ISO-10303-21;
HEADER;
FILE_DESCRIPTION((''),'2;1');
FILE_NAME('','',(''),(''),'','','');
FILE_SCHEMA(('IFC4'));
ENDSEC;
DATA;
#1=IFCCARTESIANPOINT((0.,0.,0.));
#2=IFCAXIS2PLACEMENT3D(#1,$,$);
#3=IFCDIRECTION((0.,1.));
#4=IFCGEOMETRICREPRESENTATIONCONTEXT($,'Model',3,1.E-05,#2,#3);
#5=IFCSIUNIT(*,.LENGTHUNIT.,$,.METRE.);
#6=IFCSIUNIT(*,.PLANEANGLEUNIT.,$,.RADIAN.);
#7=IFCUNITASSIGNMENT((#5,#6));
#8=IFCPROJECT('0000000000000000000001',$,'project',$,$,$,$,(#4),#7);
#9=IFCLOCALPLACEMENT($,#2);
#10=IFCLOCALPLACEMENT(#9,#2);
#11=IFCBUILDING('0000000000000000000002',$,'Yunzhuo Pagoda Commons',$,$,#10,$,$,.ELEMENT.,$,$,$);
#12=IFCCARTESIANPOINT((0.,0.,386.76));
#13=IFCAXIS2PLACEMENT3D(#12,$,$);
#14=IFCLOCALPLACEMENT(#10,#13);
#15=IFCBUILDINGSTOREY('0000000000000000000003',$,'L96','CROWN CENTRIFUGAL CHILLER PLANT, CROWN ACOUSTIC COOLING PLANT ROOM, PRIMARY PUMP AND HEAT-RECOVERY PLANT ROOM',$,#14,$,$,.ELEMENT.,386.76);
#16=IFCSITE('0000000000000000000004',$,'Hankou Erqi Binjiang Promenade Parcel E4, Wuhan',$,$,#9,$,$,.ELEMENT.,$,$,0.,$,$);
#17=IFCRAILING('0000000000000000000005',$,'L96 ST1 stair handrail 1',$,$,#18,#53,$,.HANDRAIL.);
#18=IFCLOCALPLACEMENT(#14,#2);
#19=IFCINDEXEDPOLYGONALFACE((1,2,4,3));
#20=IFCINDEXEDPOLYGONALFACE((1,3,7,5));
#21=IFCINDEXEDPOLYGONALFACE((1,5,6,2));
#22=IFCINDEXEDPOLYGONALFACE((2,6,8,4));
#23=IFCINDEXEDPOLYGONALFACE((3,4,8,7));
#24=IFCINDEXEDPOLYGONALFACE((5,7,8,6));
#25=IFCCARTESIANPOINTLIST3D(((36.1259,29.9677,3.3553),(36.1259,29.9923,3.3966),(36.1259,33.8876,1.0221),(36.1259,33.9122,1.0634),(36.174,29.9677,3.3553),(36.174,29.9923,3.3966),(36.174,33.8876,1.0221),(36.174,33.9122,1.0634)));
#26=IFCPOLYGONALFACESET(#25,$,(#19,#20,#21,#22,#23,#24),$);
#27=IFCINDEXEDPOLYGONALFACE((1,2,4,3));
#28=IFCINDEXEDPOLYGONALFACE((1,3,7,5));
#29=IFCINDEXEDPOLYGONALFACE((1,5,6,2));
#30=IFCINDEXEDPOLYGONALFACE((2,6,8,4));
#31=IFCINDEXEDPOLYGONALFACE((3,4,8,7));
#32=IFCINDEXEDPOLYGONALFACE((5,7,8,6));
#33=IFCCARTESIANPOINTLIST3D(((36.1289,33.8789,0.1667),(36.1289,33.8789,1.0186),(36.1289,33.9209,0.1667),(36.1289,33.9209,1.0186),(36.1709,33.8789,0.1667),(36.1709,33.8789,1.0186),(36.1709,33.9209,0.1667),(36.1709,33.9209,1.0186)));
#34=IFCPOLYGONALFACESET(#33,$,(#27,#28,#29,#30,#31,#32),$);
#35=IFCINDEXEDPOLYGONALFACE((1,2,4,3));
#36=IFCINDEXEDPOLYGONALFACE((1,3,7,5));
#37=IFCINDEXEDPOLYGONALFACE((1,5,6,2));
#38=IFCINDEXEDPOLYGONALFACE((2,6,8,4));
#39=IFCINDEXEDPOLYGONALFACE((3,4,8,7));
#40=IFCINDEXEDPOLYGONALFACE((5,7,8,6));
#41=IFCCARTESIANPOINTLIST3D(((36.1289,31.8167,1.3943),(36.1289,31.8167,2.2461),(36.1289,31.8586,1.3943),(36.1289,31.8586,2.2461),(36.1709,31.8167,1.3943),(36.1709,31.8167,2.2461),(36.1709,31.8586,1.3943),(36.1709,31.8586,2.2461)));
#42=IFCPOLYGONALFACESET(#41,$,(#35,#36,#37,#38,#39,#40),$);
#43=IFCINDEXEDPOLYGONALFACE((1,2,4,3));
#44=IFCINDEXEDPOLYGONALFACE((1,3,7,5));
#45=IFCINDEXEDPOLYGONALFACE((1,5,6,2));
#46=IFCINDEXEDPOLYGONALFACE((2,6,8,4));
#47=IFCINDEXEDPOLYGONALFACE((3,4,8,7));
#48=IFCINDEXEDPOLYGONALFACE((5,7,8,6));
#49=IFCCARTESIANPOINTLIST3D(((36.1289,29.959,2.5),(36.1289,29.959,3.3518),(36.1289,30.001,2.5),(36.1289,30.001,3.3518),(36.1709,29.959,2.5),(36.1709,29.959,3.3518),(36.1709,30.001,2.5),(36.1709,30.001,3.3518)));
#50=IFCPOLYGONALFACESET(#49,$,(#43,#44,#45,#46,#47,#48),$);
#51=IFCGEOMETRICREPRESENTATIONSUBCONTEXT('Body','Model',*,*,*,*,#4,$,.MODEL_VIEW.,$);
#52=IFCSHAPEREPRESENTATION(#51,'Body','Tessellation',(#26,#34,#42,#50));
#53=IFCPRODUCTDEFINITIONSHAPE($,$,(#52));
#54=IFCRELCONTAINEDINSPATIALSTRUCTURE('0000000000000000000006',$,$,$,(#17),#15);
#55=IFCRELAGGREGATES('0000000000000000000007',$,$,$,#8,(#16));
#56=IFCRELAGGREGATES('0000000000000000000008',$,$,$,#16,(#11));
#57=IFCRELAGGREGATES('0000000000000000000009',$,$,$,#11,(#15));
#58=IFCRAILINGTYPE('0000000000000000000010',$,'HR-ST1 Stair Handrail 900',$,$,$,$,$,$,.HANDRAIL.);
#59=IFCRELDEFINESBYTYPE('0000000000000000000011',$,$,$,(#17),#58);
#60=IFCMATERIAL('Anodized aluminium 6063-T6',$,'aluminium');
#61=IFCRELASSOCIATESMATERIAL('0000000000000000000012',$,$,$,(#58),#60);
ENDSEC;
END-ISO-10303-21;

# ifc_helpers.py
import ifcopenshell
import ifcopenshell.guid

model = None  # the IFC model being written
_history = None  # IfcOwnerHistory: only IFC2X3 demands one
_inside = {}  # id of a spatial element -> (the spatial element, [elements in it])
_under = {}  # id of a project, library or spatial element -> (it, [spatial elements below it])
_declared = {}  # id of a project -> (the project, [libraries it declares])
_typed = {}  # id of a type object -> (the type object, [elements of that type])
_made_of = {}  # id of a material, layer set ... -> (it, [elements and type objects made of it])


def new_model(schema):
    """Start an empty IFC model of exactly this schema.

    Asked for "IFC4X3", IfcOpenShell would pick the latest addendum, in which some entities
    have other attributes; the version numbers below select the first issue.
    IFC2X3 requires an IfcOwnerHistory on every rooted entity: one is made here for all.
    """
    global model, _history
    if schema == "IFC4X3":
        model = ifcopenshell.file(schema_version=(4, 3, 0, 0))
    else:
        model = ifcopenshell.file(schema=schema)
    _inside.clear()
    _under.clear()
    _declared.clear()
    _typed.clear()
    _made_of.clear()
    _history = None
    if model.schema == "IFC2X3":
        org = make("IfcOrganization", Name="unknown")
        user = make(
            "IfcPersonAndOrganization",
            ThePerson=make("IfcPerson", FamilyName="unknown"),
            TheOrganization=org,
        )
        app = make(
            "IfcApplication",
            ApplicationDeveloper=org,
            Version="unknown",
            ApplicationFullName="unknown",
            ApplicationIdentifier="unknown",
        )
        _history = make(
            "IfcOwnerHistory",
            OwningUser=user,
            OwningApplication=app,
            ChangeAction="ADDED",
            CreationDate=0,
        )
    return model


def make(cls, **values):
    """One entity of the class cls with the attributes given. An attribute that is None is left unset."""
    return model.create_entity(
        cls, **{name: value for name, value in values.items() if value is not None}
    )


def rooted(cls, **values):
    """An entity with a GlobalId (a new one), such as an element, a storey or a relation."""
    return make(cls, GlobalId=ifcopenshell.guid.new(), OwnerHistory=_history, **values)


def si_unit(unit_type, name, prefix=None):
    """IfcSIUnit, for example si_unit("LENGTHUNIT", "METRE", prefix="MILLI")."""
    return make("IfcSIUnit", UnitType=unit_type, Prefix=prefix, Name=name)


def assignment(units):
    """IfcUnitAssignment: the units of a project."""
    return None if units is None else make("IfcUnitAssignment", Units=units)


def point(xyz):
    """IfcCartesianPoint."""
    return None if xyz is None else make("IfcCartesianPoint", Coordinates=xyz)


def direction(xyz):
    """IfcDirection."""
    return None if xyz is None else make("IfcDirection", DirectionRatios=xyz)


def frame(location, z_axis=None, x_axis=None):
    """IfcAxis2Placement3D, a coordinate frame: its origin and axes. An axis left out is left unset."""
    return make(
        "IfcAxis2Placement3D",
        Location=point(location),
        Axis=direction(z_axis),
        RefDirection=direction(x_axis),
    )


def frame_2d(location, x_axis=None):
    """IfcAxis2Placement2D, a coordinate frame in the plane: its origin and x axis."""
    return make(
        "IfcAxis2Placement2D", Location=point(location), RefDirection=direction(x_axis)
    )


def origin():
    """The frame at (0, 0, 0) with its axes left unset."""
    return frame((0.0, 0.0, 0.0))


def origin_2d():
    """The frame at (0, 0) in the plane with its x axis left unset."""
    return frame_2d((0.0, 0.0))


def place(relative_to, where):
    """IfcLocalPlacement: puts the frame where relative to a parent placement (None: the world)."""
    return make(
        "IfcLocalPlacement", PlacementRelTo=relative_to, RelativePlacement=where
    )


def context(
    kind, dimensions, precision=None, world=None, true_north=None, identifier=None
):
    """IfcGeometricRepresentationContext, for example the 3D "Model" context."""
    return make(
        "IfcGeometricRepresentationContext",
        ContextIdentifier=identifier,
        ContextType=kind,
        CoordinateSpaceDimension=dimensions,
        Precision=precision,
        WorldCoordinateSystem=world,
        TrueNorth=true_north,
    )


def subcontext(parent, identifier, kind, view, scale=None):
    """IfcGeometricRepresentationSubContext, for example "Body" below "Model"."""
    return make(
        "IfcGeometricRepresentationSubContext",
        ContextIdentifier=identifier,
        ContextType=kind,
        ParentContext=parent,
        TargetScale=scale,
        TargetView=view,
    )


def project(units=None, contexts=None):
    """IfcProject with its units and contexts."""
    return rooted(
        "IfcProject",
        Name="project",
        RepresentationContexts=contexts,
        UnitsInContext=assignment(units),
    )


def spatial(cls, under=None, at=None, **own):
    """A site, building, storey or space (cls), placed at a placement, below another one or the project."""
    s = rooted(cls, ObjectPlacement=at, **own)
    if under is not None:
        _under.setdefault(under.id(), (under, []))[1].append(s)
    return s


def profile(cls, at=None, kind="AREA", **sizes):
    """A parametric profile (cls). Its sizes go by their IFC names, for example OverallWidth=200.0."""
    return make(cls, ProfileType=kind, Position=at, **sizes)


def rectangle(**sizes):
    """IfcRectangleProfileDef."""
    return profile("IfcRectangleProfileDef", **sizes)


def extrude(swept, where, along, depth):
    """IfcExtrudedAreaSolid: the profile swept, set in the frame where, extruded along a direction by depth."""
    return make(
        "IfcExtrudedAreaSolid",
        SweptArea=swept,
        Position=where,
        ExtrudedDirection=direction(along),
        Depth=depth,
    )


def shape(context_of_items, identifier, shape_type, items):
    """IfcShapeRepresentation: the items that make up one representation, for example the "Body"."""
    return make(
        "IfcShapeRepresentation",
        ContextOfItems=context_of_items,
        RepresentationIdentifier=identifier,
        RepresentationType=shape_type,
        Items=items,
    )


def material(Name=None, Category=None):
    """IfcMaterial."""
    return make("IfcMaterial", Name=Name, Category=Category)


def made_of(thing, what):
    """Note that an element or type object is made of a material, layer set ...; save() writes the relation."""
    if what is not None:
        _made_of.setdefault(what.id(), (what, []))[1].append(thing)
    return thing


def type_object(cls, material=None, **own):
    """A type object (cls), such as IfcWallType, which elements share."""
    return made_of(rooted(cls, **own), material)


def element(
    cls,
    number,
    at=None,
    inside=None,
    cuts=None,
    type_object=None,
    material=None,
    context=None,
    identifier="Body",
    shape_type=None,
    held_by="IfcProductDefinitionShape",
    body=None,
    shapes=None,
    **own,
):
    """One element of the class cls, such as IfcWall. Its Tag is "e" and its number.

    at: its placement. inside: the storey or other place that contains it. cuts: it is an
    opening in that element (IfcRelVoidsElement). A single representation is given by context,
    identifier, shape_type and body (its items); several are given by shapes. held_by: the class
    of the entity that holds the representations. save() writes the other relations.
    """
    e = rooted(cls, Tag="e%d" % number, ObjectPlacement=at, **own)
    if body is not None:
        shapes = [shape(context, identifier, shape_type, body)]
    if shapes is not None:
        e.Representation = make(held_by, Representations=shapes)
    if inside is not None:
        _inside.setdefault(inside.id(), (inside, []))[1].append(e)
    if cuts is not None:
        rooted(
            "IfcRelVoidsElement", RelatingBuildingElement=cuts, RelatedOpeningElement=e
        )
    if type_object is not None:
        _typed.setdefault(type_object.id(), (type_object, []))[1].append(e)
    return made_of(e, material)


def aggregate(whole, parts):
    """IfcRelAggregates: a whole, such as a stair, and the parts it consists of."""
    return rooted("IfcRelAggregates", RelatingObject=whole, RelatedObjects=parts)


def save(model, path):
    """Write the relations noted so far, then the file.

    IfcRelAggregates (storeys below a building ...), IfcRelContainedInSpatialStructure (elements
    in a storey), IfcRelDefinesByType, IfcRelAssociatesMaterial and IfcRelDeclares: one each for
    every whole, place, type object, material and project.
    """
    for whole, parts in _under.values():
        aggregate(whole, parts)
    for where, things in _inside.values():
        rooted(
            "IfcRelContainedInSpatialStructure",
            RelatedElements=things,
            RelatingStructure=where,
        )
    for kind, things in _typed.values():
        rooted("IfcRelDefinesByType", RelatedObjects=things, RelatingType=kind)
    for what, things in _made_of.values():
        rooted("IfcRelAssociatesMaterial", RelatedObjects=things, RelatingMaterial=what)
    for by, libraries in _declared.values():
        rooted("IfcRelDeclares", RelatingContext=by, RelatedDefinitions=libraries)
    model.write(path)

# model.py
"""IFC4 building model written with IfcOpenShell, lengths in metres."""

from ifc_helpers import new_model, si_unit, direction, frame, origin, origin_2d, place, context, subcontext, project, spatial, rectangle, extrude, material, type_object, element, save


model = new_model("IFC4")

# Units and contexts
model_context = context("Model", 3, precision=1e-05, world=origin(), true_north=direction((0.0, 1.0)))
body_context = subcontext(model_context, "Body", "Model", "MODEL_VIEW")
ifc_project = project(units=[si_unit("LENGTHUNIT", "METRE"), si_unit("PLANEANGLEUNIT", "RADIAN")], contexts=[model_context])

# Site, building, storey
site_placement = place(None, origin())
site = spatial("IfcSite", under=ifc_project, at=site_placement, Name="Hankou Erqi Binjiang Promenade Parcel E4, Wuhan", CompositionType="ELEMENT", RefElevation=0.0)
building_placement = place(site_placement, origin())
building = spatial("IfcBuilding", under=site, at=building_placement, Name="Yunzhuo Pagoda Commons", CompositionType="ELEMENT")
storey_placement = place(building_placement, frame((0.0, 0.0, 386.76)))
storey = spatial("IfcBuildingStorey", under=building, at=storey_placement, Name="L96", Description="CROWN CENTRIFUGAL CHILLER PLANT, CROWN ACOUSTIC COOLING PLANT ROOM, PRIMARY PUMP AND HEAT-RECOVERY PLANT ROOM", CompositionType="ELEMENT", Elevation=386.76)

# Railing
ifc_material_1 = material(Name="Anodized aluminium 6063-T6", Category="aluminium")
railing_type_1 = type_object("IfcRailingType", Name="HR-ST1 Stair Handrail 900", PredefinedType="HANDRAIL", material=ifc_material_1)
railing_1_placement = place(storey_placement, frame((36.1499, 33.8999, 0.1667)))
element("IfcRailing", 1, at=railing_1_placement, inside=storey, type_object=railing_type_1, Name="L96 ST1 stair handrail 1", PredefinedType="HANDRAIL", context=body_context, shape_type="SweptSolid", body=[
    extrude(rectangle(XDim=0.0481, YDim=0.0481, at=origin_2d()), frame((0.0, 0.0, 0.876), z_axis=(0.0, -0.859296, 0.511478), x_axis=(1.0, 0.0, 0.0)), (0.0, 0.0, 1.0), 4.5618),
    extrude(rectangle(XDim=0.042, YDim=0.042, at=origin_2d()), origin(), (0.0, 0.0, 1.0), 0.8518),
    extrude(rectangle(XDim=0.042, YDim=0.042, at=origin_2d()), frame((0.0, -2.0623, 1.2275)), (0.0, 0.0, 1.0), 0.8518),
    extrude(rectangle(XDim=0.042, YDim=0.042, at=origin_2d()), frame((0.0, -3.9199, 2.3333)), (0.0, 0.0, 1.0), 0.8518),
])

save(model, "model.ifc")
